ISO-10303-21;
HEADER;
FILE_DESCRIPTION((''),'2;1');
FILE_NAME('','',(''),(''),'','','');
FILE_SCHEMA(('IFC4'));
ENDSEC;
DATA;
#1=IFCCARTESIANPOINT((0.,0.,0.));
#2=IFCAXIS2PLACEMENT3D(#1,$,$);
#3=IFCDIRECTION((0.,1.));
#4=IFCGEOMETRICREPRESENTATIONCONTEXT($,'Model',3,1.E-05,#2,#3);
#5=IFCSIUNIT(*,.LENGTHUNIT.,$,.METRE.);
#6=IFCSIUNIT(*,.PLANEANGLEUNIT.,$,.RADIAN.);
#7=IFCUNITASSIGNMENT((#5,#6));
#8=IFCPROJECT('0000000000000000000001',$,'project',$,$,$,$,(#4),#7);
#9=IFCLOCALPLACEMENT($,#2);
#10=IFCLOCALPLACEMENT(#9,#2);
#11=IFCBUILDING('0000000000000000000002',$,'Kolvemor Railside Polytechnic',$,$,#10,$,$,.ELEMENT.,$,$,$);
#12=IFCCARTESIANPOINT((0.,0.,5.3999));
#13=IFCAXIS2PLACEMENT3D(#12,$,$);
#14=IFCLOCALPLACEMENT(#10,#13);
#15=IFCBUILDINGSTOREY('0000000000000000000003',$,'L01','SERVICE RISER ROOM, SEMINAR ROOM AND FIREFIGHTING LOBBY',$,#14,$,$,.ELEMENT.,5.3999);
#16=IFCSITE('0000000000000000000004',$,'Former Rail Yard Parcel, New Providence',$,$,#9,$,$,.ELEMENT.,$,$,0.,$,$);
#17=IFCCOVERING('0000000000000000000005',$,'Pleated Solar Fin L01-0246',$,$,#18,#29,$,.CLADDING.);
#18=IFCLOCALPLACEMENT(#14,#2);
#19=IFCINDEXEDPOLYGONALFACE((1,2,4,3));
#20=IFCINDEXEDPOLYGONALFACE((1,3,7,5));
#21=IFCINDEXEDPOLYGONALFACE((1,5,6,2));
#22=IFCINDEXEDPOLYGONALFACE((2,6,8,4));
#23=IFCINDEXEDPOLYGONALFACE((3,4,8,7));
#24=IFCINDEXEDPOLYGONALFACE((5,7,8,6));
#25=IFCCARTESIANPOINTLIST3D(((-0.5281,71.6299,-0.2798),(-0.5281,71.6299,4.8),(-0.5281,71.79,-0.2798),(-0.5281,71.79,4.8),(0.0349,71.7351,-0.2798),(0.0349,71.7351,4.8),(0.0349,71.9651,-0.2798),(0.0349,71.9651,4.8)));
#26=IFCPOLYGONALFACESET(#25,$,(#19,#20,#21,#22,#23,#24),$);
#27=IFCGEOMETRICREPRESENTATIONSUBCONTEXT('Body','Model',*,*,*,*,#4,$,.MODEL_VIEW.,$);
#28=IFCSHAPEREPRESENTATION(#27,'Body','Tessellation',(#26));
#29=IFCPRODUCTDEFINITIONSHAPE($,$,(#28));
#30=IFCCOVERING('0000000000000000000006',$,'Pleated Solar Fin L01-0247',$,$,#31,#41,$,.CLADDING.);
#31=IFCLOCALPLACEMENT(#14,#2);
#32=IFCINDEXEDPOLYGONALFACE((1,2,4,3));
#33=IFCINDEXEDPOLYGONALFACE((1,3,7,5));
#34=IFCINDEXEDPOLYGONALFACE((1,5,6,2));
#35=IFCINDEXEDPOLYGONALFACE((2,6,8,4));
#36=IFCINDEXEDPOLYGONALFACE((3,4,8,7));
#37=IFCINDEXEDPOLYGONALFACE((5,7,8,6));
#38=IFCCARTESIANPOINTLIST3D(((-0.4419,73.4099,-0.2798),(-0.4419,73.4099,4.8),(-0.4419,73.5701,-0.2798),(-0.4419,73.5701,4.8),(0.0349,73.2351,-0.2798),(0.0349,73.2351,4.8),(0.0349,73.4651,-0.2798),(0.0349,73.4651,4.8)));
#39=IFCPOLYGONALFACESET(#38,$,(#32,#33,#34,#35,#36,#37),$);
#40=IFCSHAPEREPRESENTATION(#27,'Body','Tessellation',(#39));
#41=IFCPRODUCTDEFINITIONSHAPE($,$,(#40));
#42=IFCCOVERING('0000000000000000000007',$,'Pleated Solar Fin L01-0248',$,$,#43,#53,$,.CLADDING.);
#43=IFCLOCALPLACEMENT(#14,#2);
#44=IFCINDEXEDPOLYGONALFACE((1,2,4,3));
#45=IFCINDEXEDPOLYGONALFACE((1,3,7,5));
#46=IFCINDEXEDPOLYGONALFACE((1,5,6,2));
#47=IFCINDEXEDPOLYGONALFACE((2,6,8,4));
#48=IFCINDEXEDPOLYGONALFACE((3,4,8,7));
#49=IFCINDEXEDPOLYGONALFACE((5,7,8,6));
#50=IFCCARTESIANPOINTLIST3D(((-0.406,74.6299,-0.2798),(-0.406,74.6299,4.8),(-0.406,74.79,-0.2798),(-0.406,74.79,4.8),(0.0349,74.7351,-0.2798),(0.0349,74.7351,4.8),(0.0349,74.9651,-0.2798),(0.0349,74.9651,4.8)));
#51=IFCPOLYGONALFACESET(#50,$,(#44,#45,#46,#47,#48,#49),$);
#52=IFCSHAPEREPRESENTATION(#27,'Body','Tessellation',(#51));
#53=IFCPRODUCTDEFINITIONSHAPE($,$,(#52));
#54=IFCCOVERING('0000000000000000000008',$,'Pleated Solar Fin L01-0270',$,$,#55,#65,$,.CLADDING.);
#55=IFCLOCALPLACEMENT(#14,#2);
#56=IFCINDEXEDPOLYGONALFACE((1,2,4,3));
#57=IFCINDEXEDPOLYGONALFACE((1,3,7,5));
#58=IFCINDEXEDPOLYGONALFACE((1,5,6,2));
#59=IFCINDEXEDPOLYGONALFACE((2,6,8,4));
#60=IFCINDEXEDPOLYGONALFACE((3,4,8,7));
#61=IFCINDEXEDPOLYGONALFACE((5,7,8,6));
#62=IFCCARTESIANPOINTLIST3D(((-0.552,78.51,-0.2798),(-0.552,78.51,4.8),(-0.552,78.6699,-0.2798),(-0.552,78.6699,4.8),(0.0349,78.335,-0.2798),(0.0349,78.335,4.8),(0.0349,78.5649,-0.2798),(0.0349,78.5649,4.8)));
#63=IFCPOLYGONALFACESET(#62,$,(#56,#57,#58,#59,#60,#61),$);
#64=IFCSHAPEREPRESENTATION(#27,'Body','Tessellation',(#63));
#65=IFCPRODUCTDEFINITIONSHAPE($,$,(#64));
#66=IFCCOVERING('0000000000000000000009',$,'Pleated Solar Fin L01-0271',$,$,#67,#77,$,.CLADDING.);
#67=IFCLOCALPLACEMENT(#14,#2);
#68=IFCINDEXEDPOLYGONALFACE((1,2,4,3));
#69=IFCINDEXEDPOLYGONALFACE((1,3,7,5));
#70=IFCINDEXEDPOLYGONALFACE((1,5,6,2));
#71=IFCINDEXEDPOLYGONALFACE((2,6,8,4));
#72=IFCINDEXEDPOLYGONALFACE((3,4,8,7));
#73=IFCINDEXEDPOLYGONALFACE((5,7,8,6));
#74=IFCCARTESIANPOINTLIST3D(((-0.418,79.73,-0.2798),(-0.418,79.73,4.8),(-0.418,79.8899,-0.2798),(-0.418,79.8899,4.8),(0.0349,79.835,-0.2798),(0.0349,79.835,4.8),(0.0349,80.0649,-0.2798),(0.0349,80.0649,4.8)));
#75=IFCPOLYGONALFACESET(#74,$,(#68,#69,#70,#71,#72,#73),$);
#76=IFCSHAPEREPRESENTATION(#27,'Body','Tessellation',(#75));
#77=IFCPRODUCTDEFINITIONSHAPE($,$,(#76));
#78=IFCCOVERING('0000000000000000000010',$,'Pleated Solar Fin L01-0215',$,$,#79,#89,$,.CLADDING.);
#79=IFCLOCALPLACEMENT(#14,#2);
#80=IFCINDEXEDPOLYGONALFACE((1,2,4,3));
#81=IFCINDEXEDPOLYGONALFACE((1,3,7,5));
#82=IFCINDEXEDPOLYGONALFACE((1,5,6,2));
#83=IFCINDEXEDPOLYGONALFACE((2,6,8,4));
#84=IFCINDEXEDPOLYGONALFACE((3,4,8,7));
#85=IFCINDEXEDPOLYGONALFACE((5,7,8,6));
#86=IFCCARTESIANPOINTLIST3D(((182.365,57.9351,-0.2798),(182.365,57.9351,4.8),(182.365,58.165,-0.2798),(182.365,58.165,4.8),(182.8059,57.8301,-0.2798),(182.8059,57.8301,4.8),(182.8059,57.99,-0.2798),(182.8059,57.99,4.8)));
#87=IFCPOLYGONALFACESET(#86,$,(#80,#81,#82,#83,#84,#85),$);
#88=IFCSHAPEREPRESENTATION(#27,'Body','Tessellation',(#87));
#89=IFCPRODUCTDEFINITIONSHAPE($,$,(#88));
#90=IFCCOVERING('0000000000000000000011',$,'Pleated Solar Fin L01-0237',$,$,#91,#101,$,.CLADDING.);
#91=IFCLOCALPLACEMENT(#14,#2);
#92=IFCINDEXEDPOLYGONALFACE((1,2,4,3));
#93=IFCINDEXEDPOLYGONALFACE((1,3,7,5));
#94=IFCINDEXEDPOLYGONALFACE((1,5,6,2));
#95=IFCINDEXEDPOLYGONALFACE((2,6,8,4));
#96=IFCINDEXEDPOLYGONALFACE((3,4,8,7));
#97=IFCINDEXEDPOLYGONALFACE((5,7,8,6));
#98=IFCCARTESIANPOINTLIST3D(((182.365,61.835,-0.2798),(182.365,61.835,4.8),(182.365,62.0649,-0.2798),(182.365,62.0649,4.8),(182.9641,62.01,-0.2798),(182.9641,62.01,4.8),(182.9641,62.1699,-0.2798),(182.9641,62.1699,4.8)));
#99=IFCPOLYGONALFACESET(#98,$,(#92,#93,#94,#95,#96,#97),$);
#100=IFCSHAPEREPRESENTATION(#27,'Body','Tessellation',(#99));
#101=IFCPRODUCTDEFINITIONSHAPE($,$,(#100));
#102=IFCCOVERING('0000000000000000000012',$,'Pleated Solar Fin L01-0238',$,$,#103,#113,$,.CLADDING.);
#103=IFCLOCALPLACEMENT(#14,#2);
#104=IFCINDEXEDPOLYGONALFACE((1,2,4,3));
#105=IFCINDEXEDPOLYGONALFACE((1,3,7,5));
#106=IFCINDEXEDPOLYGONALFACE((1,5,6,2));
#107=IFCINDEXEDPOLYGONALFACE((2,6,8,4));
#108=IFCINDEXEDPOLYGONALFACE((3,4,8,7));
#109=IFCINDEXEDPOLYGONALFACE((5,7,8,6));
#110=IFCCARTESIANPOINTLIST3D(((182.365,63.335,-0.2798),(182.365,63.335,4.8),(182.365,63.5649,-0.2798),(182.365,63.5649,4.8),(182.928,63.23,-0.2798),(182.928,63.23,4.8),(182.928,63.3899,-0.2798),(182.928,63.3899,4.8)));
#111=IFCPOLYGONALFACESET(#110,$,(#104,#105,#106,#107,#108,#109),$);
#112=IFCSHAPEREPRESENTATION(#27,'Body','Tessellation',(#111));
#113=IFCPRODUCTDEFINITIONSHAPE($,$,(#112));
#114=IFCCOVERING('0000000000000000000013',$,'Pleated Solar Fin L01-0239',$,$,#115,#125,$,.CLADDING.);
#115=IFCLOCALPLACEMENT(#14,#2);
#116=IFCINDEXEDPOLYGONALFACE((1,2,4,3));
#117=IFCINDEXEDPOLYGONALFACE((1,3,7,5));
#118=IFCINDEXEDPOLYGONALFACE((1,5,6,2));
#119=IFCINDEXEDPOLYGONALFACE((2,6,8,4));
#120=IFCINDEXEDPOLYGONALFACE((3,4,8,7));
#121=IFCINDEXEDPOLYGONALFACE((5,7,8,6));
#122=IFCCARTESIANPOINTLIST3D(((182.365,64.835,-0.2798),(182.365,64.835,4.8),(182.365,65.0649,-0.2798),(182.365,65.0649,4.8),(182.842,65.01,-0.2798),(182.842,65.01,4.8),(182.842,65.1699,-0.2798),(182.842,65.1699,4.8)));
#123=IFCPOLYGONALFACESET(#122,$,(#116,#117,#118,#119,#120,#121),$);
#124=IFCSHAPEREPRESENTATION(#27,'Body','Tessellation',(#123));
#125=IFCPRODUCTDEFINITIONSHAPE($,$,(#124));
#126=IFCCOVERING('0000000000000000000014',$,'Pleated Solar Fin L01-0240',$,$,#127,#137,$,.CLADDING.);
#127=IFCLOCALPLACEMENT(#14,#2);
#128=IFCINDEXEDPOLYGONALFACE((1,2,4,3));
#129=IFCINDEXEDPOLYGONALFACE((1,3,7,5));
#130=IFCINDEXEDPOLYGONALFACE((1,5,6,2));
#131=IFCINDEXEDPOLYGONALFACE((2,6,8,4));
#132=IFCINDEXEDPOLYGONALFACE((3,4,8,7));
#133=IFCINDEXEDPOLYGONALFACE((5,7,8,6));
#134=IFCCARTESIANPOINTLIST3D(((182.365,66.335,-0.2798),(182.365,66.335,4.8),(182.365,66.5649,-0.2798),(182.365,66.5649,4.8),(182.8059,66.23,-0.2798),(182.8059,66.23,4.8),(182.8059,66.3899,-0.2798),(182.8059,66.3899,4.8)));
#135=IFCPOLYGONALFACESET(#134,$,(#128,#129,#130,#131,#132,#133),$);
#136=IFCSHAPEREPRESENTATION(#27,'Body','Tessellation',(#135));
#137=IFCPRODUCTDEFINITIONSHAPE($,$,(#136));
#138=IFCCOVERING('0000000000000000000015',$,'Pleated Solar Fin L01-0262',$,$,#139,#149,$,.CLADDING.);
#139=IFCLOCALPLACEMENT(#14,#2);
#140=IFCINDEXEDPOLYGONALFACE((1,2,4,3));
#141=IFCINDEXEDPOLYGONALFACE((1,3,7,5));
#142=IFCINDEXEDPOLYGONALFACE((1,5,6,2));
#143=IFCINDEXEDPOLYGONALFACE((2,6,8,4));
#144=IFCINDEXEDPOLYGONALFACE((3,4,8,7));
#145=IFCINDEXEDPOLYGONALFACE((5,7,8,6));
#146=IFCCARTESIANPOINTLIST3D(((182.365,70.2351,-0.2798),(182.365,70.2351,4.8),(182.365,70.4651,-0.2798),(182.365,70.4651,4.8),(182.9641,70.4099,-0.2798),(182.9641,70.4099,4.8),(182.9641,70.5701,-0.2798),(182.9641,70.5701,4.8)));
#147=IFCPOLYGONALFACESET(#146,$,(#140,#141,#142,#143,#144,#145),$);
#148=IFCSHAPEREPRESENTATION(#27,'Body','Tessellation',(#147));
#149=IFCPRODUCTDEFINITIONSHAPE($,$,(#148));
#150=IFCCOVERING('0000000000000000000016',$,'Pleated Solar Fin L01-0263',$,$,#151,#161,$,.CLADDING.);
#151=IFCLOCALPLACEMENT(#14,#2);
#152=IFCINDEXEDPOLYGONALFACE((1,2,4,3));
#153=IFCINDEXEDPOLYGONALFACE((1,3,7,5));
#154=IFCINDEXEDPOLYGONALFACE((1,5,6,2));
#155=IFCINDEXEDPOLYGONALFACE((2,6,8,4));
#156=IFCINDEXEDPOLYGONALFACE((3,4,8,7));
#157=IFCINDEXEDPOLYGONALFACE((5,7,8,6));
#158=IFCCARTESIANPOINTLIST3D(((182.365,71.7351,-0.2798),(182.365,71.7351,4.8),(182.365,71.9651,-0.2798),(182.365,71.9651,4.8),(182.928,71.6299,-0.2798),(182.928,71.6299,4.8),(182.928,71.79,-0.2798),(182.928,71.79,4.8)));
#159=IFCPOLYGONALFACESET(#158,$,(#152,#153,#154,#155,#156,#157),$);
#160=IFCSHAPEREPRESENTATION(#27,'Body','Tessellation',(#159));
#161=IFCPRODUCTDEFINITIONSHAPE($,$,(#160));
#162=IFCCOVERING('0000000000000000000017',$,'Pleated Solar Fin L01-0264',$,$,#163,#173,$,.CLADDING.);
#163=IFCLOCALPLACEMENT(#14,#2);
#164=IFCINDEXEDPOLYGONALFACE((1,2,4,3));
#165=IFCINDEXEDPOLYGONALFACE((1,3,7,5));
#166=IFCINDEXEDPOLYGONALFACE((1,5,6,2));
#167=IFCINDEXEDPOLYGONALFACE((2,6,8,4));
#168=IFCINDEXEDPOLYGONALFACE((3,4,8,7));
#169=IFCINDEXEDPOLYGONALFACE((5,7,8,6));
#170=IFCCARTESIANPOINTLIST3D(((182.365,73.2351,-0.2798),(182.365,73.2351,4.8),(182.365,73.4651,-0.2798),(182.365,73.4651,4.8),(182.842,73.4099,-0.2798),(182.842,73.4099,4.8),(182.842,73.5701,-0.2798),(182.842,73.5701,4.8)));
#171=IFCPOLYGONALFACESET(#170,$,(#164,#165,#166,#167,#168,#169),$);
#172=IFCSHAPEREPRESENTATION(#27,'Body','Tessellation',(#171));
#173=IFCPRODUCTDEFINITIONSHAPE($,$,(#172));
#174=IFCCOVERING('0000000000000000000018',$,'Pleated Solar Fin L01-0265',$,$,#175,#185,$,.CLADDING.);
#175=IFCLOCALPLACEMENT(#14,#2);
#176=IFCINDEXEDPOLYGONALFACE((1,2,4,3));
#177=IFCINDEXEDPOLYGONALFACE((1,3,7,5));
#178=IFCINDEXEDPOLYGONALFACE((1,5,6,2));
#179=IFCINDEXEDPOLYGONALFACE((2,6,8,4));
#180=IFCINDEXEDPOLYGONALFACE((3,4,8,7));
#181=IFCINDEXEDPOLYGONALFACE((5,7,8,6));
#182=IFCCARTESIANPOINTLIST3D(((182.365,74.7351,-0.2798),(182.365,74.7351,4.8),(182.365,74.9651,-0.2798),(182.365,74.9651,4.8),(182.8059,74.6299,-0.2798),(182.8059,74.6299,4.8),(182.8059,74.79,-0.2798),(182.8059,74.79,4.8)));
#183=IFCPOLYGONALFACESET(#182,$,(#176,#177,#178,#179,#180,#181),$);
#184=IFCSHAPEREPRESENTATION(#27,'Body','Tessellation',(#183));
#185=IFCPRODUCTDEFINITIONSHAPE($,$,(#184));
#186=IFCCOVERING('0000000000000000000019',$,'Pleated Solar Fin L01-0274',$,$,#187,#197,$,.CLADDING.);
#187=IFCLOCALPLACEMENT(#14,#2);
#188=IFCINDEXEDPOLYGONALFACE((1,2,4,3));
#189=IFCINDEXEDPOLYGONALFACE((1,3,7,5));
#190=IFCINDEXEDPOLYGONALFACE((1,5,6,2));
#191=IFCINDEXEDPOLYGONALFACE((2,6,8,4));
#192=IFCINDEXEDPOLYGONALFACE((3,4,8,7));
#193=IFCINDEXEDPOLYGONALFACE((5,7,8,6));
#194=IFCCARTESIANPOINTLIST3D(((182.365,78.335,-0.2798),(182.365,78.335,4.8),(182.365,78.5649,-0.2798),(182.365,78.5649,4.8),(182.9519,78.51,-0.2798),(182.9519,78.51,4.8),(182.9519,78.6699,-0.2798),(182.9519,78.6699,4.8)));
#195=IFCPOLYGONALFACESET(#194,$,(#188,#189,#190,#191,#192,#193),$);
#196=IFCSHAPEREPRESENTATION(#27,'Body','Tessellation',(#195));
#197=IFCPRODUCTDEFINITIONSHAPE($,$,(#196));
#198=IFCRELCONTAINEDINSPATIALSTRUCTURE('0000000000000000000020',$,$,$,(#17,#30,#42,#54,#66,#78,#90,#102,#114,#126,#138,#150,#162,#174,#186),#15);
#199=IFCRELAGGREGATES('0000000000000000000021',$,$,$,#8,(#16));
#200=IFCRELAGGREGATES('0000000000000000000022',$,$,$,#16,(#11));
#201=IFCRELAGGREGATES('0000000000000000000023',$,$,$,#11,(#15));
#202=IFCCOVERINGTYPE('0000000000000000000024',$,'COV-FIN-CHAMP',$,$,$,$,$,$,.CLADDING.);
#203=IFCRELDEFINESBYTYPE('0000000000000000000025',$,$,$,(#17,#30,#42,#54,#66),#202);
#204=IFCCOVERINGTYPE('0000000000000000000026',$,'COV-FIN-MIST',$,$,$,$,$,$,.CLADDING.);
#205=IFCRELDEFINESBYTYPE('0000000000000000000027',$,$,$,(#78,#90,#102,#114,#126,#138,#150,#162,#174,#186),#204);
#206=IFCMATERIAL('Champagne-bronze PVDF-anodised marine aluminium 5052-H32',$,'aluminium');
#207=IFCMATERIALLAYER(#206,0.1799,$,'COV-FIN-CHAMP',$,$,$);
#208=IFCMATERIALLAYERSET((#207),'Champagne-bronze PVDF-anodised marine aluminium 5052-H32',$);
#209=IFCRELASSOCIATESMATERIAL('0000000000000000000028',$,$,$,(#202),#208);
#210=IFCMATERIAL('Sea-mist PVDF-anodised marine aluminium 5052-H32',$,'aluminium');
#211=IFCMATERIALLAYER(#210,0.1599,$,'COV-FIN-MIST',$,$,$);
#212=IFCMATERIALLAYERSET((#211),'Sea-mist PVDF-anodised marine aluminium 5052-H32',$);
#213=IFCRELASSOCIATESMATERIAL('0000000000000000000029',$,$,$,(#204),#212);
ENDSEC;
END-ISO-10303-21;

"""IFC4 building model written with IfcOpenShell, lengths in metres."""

from ifc_helpers import new_model, si_unit, direction, frame, origin, place, context, subcontext, project, spatial, polyline, outline, extrude, material, layer, layer_set, type_object, element, save


model = new_model("IFC4")

# Units and contexts
model_context = context("Model", 3, precision=1e-05, world=origin(), true_north=direction((0.0, 1.0)))
body_context = subcontext(model_context, "Body", "Model", "MODEL_VIEW")
ifc_project = project(units=[si_unit("LENGTHUNIT", "METRE"), si_unit("PLANEANGLEUNIT", "RADIAN")], contexts=[model_context])

# Site, building, storey
site_placement = place(None, origin())
site = spatial("IfcSite", under=ifc_project, at=site_placement, Name="Former Rail Yard Parcel, New Providence", CompositionType="ELEMENT", RefElevation=0.0)
building_placement = place(site_placement, origin())
building = spatial("IfcBuilding", under=site, at=building_placement, Name="Kolvemor Railside Polytechnic", CompositionType="ELEMENT")
storey_placement = place(building_placement, frame((0.0, 0.0, 5.3999)))
storey = spatial("IfcBuildingStorey", under=building, at=storey_placement, Name="L01", Description="SERVICE RISER ROOM, SEMINAR ROOM AND FIREFIGHTING LOBBY", CompositionType="ELEMENT", Elevation=5.3999)

# Coverings
ifc_material_1 = material(Name="Champagne-bronze PVDF-anodised marine aluminium 5052-H32", Category="aluminium")
ifc_layer_1 = layer(ifc_material_1, 0.1799, Name="COV-FIN-CHAMP")
ifc_layer_set_1 = layer_set([ifc_layer_1], Name="Champagne-bronze PVDF-anodised marine aluminium 5052-H32")
covering_type_1 = type_object("IfcCoveringType", Name="COV-FIN-CHAMP", PredefinedType="CLADDING", material=ifc_layer_set_1)
covering_1_placement = place(storey_placement, frame((0.0, 0.0, -0.2798)))
element("IfcCovering", 1, at=covering_1_placement, inside=storey, type_object=covering_type_1, Name="Pleated Solar Fin L01-0246", PredefinedType="CLADDING", context=body_context, shape_type="SweptSolid", body=[
    extrude(outline(polyline([(0.0349, 71.7351), (0.0349, 71.9651), (-0.5281, 71.79), (-0.5281, 71.6299), (0.0349, 71.7351)])), origin(), (0.0, 0.0, 1.0), 5.0798),
])
covering_2_placement = place(storey_placement, frame((0.0, 0.0, -0.2798)))
element("IfcCovering", 2, at=covering_2_placement, inside=storey, type_object=covering_type_1, Name="Pleated Solar Fin L01-0247", PredefinedType="CLADDING", context=body_context, shape_type="SweptSolid", body=[
    extrude(outline(polyline([(0.0349, 73.2351), (0.0349, 73.4651), (-0.4419, 73.5701), (-0.4419, 73.4099), (0.0349, 73.2351)])), origin(), (0.0, 0.0, 1.0), 5.0798),
])
covering_3_placement = place(storey_placement, frame((0.0, 0.0, -0.2798)))
element("IfcCovering", 3, at=covering_3_placement, inside=storey, type_object=covering_type_1, Name="Pleated Solar Fin L01-0248", PredefinedType="CLADDING", context=body_context, shape_type="SweptSolid", body=[
    extrude(outline(polyline([(0.0349, 74.7351), (0.0349, 74.9651), (-0.406, 74.79), (-0.406, 74.6299), (0.0349, 74.7351)])), origin(), (0.0, 0.0, 1.0), 5.0798),
])
covering_4_placement = place(storey_placement, frame((0.0, 0.0, -0.2798)))
element("IfcCovering", 4, at=covering_4_placement, inside=storey, type_object=covering_type_1, Name="Pleated Solar Fin L01-0270", PredefinedType="CLADDING", context=body_context, shape_type="SweptSolid", body=[
    extrude(outline(polyline([(0.0349, 78.335), (0.0349, 78.5649), (-0.552, 78.6699), (-0.552, 78.51), (0.0349, 78.335)])), origin(), (0.0, 0.0, 1.0), 5.0798),
])
covering_5_placement = place(storey_placement, frame((0.0, 0.0, -0.2798)))
element("IfcCovering", 5, at=covering_5_placement, inside=storey, type_object=covering_type_1, Name="Pleated Solar Fin L01-0271", PredefinedType="CLADDING", context=body_context, shape_type="SweptSolid", body=[
    extrude(outline(polyline([(0.0349, 79.835), (0.0349, 80.0649), (-0.418, 79.8899), (-0.418, 79.73), (0.0349, 79.835)])), origin(), (0.0, 0.0, 1.0), 5.0798),
])
ifc_material_2 = material(Name="Sea-mist PVDF-anodised marine aluminium 5052-H32", Category="aluminium")
ifc_layer_2 = layer(ifc_material_2, 0.1599, Name="COV-FIN-MIST")
ifc_layer_set_2 = layer_set([ifc_layer_2], Name="Sea-mist PVDF-anodised marine aluminium 5052-H32")
covering_type_2 = type_object("IfcCoveringType", Name="COV-FIN-MIST", PredefinedType="CLADDING", material=ifc_layer_set_2)
covering_6_placement = place(storey_placement, frame((0.0, 0.0, -0.2798)))
element("IfcCovering", 6, at=covering_6_placement, inside=storey, type_object=covering_type_2, Name="Pleated Solar Fin L01-0215", PredefinedType="CLADDING", context=body_context, shape_type="SweptSolid", body=[
    extrude(outline(polyline([(182.365, 57.9351), (182.365, 58.165), (182.8059, 57.99), (182.8059, 57.8301), (182.365, 57.9351)])), origin(), (0.0, 0.0, 1.0), 5.0798),
])
covering_7_placement = place(storey_placement, frame((0.0, 0.0, -0.2798)))
element("IfcCovering", 7, at=covering_7_placement, inside=storey, type_object=covering_type_2, Name="Pleated Solar Fin L01-0237", PredefinedType="CLADDING", context=body_context, shape_type="SweptSolid", body=[
    extrude(outline(polyline([(182.365, 61.835), (182.365, 62.0649), (182.9641, 62.1699), (182.9641, 62.01), (182.365, 61.835)])), origin(), (0.0, 0.0, 1.0), 5.0798),
])
covering_8_placement = place(storey_placement, frame((0.0, 0.0, -0.2798)))
element("IfcCovering", 8, at=covering_8_placement, inside=storey, type_object=covering_type_2, Name="Pleated Solar Fin L01-0238", PredefinedType="CLADDING", context=body_context, shape_type="SweptSolid", body=[
    extrude(outline(polyline([(182.365, 63.335), (182.365, 63.5649), (182.928, 63.3899), (182.928, 63.23), (182.365, 63.335)])), origin(), (0.0, 0.0, 1.0), 5.0798),
])
covering_9_placement = place(storey_placement, frame((0.0, 0.0, -0.2798)))
element("IfcCovering", 9, at=covering_9_placement, inside=storey, type_object=covering_type_2, Name="Pleated Solar Fin L01-0239", PredefinedType="CLADDING", context=body_context, shape_type="SweptSolid", body=[
    extrude(outline(polyline([(182.365, 64.835), (182.365, 65.0649), (182.842, 65.1699), (182.842, 65.01), (182.365, 64.835)])), origin(), (0.0, 0.0, 1.0), 5.0798),
])
covering_10_placement = place(storey_placement, frame((0.0, 0.0, -0.2798)))
element("IfcCovering", 10, at=covering_10_placement, inside=storey, type_object=covering_type_2, Name="Pleated Solar Fin L01-0240", PredefinedType="CLADDING", context=body_context, shape_type="SweptSolid", body=[
    extrude(outline(polyline([(182.365, 66.335), (182.365, 66.5649), (182.8059, 66.3899), (182.8059, 66.23), (182.365, 66.335)])), origin(), (0.0, 0.0, 1.0), 5.0798),
])
covering_11_placement = place(storey_placement, frame((0.0, 0.0, -0.2798)))
element("IfcCovering", 11, at=covering_11_placement, inside=storey, type_object=covering_type_2, Name="Pleated Solar Fin L01-0262", PredefinedType="CLADDING", context=body_context, shape_type="SweptSolid", body=[
    extrude(outline(polyline([(182.365, 70.2351), (182.365, 70.4651), (182.9641, 70.5701), (182.9641, 70.4099), (182.365, 70.2351)])), origin(), (0.0, 0.0, 1.0), 5.0798),
])
covering_12_placement = place(storey_placement, frame((0.0, 0.0, -0.2798)))
element("IfcCovering", 12, at=covering_12_placement, inside=storey, type_object=covering_type_2, Name="Pleated Solar Fin L01-0263", PredefinedType="CLADDING", context=body_context, shape_type="SweptSolid", body=[
    extrude(outline(polyline([(182.365, 71.7351), (182.365, 71.9651), (182.928, 71.79), (182.928, 71.6299), (182.365, 71.7351)])), origin(), (0.0, 0.0, 1.0), 5.0798),
])
covering_13_placement = place(storey_placement, frame((0.0, 0.0, -0.2798)))
element("IfcCovering", 13, at=covering_13_placement, inside=storey, type_object=covering_type_2, Name="Pleated Solar Fin L01-0264", PredefinedType="CLADDING", context=body_context, shape_type="SweptSolid", body=[
    extrude(outline(polyline([(182.365, 73.2351), (182.365, 73.4651), (182.842, 73.5701), (182.842, 73.4099), (182.365, 73.2351)])), origin(), (0.0, 0.0, 1.0), 5.0798),
])
covering_14_placement = place(storey_placement, frame((0.0, 0.0, -0.2798)))
element("IfcCovering", 14, at=covering_14_placement, inside=storey, type_object=covering_type_2, Name="Pleated Solar Fin L01-0265", PredefinedType="CLADDING", context=body_context, shape_type="SweptSolid", body=[
    extrude(outline(polyline([(182.365, 74.7351), (182.365, 74.9651), (182.8059, 74.79), (182.8059, 74.6299), (182.365, 74.7351)])), origin(), (0.0, 0.0, 1.0), 5.0798),
])
covering_15_placement = place(storey_placement, frame((0.0, 0.0, -0.2798)))
element("IfcCovering", 15, at=covering_15_placement, inside=storey, type_object=covering_type_2, Name="Pleated Solar Fin L01-0274", PredefinedType="CLADDING", context=body_context, shape_type="SweptSolid", body=[
    extrude(outline(polyline([(182.365, 78.335), (182.365, 78.5649), (182.9519, 78.6699), (182.9519, 78.51), (182.365, 78.335)])), origin(), (0.0, 0.0, 1.0), 5.0798),
])

save(model, "model.ifc")
